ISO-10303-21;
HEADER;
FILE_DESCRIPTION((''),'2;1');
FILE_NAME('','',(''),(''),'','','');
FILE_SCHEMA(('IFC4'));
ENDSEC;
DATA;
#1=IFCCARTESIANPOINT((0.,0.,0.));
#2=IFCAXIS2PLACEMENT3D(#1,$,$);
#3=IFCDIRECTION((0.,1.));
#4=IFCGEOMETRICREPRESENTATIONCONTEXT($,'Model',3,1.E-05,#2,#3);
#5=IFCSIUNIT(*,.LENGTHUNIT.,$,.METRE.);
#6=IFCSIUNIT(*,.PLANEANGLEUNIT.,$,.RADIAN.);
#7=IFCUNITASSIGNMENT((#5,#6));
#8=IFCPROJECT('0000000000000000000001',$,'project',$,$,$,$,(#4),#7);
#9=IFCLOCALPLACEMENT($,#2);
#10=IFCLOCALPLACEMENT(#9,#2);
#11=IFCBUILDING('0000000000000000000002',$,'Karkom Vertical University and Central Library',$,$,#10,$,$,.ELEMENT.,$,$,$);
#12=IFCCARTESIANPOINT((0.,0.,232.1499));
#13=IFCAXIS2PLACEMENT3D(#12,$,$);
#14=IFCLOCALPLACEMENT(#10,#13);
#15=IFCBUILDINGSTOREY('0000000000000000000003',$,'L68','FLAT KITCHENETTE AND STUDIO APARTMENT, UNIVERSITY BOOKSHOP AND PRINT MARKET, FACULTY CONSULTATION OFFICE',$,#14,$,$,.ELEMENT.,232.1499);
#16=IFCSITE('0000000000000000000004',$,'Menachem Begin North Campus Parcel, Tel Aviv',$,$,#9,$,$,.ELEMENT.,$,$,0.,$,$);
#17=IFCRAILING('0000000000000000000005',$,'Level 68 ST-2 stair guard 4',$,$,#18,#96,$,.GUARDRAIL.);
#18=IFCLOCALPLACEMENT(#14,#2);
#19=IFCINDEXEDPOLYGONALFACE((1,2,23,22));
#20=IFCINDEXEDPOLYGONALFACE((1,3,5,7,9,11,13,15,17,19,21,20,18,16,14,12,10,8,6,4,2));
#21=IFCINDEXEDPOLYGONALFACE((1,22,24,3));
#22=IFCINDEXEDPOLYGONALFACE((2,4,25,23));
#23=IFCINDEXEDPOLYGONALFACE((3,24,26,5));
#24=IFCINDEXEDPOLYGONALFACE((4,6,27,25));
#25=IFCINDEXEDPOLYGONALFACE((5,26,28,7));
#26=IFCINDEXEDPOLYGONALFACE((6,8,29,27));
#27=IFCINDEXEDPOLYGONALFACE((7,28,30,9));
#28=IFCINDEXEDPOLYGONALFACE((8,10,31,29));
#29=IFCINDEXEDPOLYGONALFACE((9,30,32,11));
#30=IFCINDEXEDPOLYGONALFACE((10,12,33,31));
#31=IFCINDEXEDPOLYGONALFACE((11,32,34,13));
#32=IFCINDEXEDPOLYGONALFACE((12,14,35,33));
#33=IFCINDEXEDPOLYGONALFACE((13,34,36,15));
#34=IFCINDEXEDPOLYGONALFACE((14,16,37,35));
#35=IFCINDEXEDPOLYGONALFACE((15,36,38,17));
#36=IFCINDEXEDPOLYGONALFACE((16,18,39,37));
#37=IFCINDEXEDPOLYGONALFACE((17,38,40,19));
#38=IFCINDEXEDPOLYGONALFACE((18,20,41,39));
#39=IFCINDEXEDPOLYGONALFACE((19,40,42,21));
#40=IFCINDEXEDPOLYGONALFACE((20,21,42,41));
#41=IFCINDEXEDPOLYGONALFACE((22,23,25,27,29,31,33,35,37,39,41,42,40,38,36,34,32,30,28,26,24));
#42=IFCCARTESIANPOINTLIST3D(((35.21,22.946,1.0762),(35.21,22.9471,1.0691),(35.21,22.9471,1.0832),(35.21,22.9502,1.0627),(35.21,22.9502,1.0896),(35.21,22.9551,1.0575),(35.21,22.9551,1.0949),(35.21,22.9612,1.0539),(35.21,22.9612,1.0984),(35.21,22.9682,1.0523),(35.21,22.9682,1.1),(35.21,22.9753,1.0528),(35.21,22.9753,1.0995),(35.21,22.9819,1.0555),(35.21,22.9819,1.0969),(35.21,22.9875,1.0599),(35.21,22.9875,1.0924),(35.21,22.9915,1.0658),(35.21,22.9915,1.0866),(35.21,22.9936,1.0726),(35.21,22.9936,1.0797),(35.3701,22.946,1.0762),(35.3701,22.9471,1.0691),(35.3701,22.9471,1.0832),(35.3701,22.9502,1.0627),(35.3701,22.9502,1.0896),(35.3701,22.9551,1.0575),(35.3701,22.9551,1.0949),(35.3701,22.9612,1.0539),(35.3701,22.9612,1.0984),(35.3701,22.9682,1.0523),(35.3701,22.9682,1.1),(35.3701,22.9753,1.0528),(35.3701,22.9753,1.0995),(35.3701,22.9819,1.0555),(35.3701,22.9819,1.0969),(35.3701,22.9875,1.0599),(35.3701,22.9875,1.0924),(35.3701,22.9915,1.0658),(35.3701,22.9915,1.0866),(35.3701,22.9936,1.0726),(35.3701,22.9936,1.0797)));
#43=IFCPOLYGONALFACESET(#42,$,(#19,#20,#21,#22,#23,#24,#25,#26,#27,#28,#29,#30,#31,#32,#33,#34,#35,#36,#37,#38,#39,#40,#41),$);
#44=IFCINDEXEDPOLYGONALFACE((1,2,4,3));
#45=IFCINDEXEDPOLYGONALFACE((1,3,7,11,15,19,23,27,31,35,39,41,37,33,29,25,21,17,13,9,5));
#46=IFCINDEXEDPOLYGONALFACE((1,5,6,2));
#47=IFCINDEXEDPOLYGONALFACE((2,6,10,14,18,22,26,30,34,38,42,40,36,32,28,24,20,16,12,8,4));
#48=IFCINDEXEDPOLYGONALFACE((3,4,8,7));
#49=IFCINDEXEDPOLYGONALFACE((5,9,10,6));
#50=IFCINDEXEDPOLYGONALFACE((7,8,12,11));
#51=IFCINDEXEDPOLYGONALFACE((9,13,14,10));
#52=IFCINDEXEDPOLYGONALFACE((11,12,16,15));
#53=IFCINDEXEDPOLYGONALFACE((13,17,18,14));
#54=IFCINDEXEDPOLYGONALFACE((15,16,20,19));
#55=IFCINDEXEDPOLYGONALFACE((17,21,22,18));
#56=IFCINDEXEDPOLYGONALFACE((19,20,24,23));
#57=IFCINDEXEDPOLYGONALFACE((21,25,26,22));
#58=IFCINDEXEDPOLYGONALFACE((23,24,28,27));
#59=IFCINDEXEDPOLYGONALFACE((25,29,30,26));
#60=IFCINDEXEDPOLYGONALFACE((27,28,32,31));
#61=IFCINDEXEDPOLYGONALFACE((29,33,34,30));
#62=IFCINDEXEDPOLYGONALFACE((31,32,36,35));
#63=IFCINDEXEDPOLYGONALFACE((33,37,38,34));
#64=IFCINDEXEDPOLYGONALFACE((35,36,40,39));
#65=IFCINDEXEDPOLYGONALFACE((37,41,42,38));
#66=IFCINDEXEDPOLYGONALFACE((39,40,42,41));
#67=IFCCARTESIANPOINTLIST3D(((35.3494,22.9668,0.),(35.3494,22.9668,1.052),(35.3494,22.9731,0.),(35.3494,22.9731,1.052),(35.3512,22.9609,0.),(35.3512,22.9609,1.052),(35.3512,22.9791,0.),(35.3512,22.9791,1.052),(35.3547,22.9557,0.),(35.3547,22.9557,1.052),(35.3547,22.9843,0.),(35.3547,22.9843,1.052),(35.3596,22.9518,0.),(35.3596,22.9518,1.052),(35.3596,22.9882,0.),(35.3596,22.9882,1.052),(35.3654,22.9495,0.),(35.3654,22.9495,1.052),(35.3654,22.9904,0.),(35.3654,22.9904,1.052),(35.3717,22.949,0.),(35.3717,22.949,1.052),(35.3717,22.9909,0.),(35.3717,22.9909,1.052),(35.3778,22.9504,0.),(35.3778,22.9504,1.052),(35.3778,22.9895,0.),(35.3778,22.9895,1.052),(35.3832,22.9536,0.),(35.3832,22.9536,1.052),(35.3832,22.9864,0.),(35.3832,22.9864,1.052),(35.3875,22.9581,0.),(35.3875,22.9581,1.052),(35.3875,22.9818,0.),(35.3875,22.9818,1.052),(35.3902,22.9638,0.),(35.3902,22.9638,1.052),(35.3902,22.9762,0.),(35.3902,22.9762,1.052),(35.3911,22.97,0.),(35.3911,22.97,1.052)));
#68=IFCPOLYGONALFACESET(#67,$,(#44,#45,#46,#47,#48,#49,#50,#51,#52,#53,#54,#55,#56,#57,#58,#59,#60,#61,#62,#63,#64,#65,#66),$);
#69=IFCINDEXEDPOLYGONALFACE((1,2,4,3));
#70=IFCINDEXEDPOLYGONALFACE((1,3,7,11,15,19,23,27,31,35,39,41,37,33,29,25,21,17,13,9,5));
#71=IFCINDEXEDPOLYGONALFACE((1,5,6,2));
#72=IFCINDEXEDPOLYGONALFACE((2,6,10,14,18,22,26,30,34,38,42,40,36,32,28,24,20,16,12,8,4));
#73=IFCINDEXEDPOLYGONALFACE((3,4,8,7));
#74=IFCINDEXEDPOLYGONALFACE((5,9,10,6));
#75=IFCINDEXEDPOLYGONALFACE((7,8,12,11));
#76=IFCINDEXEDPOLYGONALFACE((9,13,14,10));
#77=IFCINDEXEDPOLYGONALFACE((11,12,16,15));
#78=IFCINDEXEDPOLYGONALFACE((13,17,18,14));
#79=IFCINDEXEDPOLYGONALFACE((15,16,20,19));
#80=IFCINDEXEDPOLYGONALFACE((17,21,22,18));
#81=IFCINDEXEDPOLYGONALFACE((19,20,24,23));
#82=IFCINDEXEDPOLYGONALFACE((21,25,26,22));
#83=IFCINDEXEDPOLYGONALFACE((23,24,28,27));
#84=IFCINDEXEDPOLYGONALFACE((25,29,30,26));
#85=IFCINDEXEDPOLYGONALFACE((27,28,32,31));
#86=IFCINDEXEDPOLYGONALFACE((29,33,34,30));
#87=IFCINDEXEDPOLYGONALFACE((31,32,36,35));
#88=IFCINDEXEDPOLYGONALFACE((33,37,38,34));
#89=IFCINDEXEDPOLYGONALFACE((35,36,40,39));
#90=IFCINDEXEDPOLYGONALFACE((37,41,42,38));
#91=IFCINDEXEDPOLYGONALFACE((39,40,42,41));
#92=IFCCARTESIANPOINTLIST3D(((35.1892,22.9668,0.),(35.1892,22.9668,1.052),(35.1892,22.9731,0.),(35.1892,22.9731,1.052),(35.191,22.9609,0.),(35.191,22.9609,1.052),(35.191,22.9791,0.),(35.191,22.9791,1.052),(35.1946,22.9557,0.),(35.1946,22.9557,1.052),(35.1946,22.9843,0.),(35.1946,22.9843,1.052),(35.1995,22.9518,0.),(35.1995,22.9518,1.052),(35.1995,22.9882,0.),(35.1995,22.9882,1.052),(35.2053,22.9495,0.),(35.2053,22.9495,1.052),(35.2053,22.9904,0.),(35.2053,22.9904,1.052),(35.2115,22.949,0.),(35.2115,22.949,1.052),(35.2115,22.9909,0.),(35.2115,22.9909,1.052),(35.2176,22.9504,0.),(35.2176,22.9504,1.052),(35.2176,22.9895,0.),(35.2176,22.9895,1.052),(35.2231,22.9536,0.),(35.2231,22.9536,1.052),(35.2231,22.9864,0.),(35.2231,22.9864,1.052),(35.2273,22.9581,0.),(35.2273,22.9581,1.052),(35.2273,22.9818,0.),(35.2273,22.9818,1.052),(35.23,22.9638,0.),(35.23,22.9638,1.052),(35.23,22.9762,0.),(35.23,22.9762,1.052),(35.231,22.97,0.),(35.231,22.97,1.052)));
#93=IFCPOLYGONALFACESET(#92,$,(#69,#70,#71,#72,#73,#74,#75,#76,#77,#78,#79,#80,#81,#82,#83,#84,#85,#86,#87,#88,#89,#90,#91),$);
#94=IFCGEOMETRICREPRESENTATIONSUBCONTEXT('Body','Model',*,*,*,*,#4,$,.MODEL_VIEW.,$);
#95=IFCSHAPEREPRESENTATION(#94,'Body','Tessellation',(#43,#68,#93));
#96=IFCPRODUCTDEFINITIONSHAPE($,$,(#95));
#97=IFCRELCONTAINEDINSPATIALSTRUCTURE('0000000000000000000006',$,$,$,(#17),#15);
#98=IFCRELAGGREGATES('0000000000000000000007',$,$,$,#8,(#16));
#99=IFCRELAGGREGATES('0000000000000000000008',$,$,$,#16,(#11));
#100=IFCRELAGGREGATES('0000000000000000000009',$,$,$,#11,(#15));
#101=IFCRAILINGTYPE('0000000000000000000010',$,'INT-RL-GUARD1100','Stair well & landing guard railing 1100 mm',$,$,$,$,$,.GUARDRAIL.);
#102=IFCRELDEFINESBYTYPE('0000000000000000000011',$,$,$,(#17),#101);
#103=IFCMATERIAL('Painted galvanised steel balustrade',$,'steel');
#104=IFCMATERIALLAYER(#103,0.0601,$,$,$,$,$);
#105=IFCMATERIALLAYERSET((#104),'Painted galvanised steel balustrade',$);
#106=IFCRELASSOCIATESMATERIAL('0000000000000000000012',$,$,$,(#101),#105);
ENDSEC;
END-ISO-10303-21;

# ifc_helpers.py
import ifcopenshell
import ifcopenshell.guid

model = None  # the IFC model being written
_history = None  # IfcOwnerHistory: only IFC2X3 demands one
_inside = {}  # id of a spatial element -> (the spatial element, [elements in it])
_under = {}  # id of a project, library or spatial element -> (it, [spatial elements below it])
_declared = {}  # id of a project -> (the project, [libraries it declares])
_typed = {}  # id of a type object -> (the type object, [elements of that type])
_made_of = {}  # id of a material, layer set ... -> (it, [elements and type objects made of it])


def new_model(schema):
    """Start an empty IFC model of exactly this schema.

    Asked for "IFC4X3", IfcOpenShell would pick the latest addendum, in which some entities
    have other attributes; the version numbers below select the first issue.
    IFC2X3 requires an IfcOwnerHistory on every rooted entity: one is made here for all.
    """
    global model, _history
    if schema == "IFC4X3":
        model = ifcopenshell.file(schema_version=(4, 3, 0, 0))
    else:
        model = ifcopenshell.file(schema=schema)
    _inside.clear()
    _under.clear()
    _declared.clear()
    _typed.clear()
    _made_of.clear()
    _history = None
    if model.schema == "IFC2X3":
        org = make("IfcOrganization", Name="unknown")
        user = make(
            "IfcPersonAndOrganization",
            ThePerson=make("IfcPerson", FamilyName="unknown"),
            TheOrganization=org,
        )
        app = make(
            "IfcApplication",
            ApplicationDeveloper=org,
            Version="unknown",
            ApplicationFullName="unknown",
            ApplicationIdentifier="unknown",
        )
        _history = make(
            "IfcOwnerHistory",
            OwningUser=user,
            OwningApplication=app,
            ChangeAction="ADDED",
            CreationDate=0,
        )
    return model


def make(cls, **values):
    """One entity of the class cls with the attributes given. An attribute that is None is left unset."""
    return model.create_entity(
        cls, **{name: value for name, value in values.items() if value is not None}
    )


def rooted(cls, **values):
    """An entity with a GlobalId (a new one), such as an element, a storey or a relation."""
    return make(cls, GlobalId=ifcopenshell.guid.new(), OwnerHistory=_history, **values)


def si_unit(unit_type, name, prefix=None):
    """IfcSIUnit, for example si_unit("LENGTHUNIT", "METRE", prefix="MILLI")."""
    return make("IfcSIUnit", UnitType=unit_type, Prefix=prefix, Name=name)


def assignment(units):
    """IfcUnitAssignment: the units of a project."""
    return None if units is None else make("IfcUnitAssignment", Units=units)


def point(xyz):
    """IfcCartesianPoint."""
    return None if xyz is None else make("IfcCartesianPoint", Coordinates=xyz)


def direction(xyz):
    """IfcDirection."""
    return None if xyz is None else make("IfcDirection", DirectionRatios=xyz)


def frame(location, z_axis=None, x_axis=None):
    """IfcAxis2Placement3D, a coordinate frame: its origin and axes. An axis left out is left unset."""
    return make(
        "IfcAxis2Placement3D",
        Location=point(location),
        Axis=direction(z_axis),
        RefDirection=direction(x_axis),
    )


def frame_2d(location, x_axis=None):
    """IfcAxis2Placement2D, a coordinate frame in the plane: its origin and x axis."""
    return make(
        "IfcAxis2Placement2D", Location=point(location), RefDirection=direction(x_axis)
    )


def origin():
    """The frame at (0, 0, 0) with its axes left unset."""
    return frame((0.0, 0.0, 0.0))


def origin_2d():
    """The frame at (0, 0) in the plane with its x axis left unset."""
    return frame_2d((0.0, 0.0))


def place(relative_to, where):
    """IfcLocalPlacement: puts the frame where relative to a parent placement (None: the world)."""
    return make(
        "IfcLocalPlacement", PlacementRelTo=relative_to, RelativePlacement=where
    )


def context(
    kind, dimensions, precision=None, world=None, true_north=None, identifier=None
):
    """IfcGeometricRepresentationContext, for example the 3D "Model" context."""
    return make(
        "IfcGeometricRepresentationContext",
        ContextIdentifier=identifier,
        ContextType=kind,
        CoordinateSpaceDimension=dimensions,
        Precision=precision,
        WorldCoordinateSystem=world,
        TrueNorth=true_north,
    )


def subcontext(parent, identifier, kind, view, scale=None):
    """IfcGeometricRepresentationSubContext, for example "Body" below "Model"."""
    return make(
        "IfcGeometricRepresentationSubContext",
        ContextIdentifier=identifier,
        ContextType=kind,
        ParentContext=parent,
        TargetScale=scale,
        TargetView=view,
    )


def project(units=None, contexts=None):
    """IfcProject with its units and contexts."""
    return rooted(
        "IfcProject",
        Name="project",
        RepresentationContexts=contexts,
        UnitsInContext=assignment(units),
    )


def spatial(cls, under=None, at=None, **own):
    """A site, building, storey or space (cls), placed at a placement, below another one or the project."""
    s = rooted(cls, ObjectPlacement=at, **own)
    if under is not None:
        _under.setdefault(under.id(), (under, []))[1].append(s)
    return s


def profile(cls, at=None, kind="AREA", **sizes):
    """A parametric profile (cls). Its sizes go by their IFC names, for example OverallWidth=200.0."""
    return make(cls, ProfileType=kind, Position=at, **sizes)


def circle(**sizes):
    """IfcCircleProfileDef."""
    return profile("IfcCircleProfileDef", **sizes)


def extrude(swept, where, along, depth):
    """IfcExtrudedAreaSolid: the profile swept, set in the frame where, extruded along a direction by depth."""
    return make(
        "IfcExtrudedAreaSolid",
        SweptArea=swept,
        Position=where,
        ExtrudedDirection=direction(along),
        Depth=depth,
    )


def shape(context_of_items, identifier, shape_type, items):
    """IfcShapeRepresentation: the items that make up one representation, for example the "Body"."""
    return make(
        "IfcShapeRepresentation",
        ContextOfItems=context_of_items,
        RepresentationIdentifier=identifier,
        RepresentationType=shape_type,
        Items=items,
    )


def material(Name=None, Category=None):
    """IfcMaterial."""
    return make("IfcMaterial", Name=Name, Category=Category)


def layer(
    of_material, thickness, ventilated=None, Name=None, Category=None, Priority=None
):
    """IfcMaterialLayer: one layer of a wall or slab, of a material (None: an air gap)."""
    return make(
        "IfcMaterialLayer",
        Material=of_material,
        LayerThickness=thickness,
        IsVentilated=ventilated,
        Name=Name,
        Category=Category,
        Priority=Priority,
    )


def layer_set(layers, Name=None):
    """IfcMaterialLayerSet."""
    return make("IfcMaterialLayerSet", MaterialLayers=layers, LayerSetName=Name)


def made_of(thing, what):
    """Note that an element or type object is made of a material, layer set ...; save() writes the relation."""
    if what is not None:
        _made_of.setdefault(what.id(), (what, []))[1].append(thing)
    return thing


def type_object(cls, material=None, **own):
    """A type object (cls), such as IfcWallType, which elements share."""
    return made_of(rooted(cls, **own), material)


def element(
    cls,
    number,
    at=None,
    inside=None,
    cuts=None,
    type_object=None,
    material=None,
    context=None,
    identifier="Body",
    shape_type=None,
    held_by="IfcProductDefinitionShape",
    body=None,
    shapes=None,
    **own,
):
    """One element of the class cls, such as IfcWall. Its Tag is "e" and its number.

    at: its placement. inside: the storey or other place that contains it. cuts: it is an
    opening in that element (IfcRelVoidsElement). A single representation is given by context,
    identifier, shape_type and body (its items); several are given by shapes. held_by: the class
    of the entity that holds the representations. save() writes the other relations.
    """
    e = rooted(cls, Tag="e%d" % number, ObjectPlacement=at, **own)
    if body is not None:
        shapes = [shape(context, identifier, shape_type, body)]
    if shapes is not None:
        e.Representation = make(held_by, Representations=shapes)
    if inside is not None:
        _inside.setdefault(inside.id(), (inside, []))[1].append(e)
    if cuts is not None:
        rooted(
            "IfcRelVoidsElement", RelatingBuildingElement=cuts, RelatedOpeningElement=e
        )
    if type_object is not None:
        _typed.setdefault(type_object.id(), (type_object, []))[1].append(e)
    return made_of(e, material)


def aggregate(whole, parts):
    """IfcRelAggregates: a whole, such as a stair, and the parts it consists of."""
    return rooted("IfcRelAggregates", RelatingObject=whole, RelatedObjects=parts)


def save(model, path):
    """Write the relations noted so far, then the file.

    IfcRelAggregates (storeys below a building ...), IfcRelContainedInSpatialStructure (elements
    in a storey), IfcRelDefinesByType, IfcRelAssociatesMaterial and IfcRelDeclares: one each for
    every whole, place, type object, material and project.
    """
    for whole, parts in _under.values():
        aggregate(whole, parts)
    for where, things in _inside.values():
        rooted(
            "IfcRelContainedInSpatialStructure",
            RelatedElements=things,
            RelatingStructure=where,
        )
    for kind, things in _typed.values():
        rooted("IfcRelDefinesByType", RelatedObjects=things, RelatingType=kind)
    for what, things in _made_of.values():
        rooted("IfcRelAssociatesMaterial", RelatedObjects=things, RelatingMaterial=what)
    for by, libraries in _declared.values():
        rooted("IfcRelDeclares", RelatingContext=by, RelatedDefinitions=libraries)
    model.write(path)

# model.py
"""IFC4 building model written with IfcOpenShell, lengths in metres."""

from ifc_helpers import new_model, si_unit, direction, frame, origin, origin_2d, place, context, subcontext, project, spatial, circle, extrude, material, layer, layer_set, type_object, element, save


model = new_model("IFC4")

# Units and contexts
model_context = context("Model", 3, precision=1e-05, world=origin(), true_north=direction((0.0, 1.0)))
body_context = subcontext(model_context, "Body", "Model", "MODEL_VIEW")
ifc_project = project(units=[si_unit("LENGTHUNIT", "METRE"), si_unit("PLANEANGLEUNIT", "RADIAN")], contexts=[model_context])

# Site, building, storey
site_placement = place(None, origin())
site = spatial("IfcSite", under=ifc_project, at=site_placement, Name="Menachem Begin North Campus Parcel, Tel Aviv", CompositionType="ELEMENT", RefElevation=0.0)
building_placement = place(site_placement, origin())
building = spatial("IfcBuilding", under=site, at=building_placement, Name="Karkom Vertical University and Central Library", CompositionType="ELEMENT")
storey_placement = place(building_placement, frame((0.0, 0.0, 232.1499)))
storey = spatial("IfcBuildingStorey", under=building, at=storey_placement, Name="L68", Description="FLAT KITCHENETTE AND STUDIO APARTMENT, UNIVERSITY BOOKSHOP AND PRINT MARKET, FACULTY CONSULTATION OFFICE", CompositionType="ELEMENT", Elevation=232.1499)

# Railing
ifc_material_1 = material(Name="Painted galvanised steel balustrade", Category="steel")
ifc_layer_1 = layer(ifc_material_1, 0.0601)
ifc_layer_set_1 = layer_set([ifc_layer_1], Name="Painted galvanised steel balustrade")
railing_type_1 = type_object("IfcRailingType", Name="INT-RL-GUARD1100", Description="Stair well & landing guard railing 1100 mm", PredefinedType="GUARDRAIL", material=ifc_layer_set_1)
railing_1_placement = place(storey_placement, frame((35.3701, 22.97, 0.0)))
element("IfcRailing", 1, at=railing_1_placement, inside=storey, type_object=railing_type_1, Name="Level 68 ST-2 stair guard 4", PredefinedType="GUARDRAIL", context=body_context, shape_type="SweptSolid", body=[
    extrude(circle(Radius=0.0239, at=origin_2d()), frame((0.0, 0.0, 1.0762), z_axis=(-1.0, 0.0, 0.0), x_axis=(0.0, -1.0, 0.0)), (0.0, 0.0, 1.0), 0.1602),
    extrude(circle(Radius=0.021, at=origin_2d()), origin(), (0.0, 0.0, 1.0), 1.052),
    extrude(circle(Radius=0.021, at=origin_2d()), frame((-0.1602, 0.0, 0.0)), (0.0, 0.0, 1.0), 1.052),
])

save(model, "model.ifc")
